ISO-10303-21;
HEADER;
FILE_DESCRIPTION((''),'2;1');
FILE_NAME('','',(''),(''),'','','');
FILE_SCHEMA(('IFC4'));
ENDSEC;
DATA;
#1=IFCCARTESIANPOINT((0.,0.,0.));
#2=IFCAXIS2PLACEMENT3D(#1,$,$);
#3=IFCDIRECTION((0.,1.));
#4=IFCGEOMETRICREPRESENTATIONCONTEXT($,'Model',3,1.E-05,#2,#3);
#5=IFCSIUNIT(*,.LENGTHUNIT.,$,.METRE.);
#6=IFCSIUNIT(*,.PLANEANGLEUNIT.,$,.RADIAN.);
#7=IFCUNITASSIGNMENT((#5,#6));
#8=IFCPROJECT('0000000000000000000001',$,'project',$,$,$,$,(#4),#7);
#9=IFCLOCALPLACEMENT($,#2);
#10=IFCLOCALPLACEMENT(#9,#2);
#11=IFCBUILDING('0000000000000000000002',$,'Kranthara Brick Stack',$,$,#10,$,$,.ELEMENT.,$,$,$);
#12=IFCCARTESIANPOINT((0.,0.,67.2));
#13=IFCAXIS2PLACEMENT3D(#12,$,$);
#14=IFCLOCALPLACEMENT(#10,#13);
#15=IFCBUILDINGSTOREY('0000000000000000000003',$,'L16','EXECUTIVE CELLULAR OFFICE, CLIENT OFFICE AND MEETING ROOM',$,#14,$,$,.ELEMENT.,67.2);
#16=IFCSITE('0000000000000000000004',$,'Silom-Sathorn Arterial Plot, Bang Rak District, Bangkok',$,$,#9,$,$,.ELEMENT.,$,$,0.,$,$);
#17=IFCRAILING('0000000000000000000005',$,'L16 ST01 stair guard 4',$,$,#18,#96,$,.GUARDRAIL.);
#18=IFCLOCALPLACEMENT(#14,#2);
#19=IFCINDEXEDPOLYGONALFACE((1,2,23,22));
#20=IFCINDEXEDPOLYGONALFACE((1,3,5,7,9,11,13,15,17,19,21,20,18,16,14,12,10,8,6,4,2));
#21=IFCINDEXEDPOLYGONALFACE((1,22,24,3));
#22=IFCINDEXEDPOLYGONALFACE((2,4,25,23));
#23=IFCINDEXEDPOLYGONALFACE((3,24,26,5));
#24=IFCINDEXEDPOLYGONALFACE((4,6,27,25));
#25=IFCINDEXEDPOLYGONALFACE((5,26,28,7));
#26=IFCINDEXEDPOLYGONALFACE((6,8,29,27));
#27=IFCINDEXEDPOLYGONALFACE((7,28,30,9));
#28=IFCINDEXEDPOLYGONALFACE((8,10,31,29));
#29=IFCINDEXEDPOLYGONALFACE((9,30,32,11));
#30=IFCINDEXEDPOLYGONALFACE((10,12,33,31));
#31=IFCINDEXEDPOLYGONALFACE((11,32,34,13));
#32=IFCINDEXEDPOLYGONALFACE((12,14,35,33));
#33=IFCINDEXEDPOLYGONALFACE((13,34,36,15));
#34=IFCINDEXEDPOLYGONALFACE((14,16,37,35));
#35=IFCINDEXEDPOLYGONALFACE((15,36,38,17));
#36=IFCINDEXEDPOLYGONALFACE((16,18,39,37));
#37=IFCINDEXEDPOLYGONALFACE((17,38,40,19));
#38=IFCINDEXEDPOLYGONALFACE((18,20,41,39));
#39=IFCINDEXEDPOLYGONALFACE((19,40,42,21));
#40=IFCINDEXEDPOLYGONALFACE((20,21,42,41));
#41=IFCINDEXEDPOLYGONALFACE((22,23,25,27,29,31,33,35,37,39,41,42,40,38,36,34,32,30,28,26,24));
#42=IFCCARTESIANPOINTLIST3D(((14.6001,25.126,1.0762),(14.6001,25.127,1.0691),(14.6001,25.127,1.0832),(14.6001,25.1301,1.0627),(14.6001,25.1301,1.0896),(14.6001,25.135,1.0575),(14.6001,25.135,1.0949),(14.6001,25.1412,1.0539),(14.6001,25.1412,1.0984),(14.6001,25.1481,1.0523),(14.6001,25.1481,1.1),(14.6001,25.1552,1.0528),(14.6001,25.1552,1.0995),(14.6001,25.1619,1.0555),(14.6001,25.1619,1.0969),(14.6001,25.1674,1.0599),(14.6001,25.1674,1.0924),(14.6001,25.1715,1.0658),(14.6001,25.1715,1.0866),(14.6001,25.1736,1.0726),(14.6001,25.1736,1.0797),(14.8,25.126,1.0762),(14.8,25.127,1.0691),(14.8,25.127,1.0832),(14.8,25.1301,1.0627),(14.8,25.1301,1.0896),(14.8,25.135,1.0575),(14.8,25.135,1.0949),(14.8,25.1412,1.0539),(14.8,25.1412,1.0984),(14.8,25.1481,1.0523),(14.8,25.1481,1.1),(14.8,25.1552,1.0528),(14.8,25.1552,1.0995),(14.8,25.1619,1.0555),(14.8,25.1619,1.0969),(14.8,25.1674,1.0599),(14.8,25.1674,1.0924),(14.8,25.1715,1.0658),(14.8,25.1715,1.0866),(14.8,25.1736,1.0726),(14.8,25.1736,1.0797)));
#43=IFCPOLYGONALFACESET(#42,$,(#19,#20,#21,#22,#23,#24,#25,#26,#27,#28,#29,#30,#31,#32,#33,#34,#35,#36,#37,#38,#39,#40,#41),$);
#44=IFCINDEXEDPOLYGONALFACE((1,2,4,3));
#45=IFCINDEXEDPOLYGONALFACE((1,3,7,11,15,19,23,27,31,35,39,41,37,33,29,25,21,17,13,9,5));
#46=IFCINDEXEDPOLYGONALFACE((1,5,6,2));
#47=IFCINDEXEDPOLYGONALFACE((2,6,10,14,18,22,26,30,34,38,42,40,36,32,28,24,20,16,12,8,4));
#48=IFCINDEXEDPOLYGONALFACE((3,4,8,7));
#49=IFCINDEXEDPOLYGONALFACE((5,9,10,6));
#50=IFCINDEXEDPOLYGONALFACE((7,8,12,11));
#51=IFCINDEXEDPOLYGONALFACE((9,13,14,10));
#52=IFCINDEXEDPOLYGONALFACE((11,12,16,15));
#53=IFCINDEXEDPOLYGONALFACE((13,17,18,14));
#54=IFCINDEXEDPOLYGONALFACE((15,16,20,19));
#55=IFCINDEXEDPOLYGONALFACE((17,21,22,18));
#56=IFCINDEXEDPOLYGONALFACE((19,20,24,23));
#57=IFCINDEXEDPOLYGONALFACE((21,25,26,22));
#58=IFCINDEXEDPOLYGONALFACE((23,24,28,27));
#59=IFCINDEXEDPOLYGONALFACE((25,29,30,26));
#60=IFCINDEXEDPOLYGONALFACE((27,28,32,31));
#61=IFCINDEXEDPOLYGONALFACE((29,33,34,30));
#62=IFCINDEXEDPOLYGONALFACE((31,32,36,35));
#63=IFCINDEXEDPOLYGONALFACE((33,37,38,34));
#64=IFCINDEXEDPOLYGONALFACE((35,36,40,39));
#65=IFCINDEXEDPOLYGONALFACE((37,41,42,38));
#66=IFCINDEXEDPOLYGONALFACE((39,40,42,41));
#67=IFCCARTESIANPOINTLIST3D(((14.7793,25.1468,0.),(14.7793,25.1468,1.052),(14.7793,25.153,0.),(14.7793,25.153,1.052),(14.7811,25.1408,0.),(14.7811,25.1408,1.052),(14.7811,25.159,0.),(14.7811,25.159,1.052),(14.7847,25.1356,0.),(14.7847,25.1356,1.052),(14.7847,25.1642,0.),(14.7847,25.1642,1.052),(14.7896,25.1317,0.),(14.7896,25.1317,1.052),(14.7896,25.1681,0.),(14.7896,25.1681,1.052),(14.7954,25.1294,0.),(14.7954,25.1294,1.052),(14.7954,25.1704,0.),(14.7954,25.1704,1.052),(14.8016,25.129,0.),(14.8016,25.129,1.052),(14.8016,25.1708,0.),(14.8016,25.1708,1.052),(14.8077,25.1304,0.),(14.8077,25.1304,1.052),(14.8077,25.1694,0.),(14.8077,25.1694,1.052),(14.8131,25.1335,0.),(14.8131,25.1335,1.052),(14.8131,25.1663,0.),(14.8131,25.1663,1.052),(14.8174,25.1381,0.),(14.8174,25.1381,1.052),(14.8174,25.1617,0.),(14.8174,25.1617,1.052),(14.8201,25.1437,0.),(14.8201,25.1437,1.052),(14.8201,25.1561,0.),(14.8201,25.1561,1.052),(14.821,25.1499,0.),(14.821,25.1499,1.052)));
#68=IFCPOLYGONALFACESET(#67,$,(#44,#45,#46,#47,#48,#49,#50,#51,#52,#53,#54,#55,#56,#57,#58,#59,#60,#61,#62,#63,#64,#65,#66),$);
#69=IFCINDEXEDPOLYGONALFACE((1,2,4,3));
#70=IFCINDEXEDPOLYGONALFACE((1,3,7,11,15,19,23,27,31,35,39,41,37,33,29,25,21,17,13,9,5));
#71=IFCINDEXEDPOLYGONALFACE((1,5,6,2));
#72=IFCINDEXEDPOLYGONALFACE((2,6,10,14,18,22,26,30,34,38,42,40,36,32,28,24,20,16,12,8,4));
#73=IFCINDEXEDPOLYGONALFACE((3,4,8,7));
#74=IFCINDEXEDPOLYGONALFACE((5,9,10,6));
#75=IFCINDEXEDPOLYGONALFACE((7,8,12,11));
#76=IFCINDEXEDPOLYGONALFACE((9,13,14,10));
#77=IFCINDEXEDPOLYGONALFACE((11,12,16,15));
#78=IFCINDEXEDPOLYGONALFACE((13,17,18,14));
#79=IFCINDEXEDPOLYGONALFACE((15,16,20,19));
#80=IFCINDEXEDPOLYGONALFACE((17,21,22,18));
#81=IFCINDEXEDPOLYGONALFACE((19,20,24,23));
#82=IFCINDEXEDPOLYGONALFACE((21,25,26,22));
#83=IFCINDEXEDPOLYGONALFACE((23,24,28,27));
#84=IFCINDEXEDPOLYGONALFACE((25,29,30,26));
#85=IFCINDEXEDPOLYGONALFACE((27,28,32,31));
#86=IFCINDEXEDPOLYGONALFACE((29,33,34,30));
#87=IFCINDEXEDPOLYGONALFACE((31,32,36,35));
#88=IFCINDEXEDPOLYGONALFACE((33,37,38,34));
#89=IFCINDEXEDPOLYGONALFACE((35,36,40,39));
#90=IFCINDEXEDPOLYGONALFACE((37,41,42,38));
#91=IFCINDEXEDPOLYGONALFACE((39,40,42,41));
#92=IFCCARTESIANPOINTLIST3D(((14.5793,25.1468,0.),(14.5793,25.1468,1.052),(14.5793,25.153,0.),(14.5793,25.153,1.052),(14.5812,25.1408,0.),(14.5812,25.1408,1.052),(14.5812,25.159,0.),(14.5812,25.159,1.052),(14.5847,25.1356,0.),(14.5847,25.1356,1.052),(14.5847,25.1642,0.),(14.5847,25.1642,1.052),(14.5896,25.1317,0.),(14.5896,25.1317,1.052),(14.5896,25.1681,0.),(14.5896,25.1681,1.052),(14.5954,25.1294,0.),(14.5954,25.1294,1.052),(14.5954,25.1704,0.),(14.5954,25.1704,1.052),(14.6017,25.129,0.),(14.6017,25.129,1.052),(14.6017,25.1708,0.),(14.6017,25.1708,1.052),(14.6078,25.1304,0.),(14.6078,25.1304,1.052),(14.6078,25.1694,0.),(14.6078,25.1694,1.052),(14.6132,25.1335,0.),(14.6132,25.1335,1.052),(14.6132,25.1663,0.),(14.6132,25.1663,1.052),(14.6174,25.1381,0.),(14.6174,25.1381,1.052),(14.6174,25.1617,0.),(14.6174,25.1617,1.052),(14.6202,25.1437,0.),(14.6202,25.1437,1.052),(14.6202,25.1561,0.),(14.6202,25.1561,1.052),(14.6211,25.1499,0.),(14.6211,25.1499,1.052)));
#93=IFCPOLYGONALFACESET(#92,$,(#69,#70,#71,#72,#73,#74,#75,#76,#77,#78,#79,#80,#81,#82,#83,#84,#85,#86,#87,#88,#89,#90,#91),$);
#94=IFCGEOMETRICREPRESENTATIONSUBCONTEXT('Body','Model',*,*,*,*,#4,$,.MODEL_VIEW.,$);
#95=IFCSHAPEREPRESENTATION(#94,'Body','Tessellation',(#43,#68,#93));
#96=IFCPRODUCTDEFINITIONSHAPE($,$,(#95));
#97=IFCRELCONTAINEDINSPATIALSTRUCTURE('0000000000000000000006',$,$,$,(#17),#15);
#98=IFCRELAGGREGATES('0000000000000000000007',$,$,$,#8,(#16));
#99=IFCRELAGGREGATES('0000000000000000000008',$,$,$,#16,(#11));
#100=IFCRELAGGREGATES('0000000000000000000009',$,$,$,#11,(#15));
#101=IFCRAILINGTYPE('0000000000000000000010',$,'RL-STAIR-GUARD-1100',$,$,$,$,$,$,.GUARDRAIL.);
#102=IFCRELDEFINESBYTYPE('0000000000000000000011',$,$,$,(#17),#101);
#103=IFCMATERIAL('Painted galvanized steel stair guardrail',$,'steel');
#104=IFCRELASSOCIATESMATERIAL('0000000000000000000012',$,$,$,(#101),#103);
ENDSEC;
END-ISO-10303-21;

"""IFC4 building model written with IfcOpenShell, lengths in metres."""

from ifc_helpers import new_model, si_unit, direction, frame, origin, origin_2d, place, context, subcontext, project, spatial, circle, extrude, material, type_object, element, save


model = new_model("IFC4")

# Units and contexts
model_context = context("Model", 3, precision=1e-05, world=origin(), true_north=direction((0.0, 1.0)))
body_context = subcontext(model_context, "Body", "Model", "MODEL_VIEW")
ifc_project = project(units=[si_unit("LENGTHUNIT", "METRE"), si_unit("PLANEANGLEUNIT", "RADIAN")], contexts=[model_context])

# Site, building, storey
site_placement = place(None, origin())
site = spatial("IfcSite", under=ifc_project, at=site_placement, Name="Silom-Sathorn Arterial Plot, Bang Rak District, Bangkok", CompositionType="ELEMENT", RefElevation=0.0)
building_placement = place(site_placement, origin())
building = spatial("IfcBuilding", under=site, at=building_placement, Name="Kranthara Brick Stack", CompositionType="ELEMENT")
storey_placement = place(building_placement, frame((0.0, 0.0, 67.2)))
storey = spatial("IfcBuildingStorey", under=building, at=storey_placement, Name="L16", Description="EXECUTIVE CELLULAR OFFICE, CLIENT OFFICE AND MEETING ROOM", CompositionType="ELEMENT", Elevation=67.2)

# Railing
ifc_material_1 = material(Name="Painted galvanized steel stair guardrail", Category="steel")
railing_type_1 = type_object("IfcRailingType", Name="RL-STAIR-GUARD-1100", PredefinedType="GUARDRAIL", material=ifc_material_1)
railing_1_placement = place(storey_placement, frame((14.8, 25.1499, 0.0)))
element("IfcRailing", 1, at=railing_1_placement, inside=storey, type_object=railing_type_1, Name="L16 ST01 stair guard 4", PredefinedType="GUARDRAIL", context=body_context, shape_type="SweptSolid", body=[
    extrude(circle(Radius=0.0239, at=origin_2d()), frame((0.0, 0.0, 1.0762), z_axis=(-1.0, 0.0, 0.0), x_axis=(0.0, -1.0, 0.0)), (0.0, 0.0, 1.0), 0.2),
    extrude(circle(Radius=0.021, at=origin_2d()), origin(), (0.0, 0.0, 1.0), 1.052),
    extrude(circle(Radius=0.021, at=origin_2d()), frame((-0.2, 0.0, 0.0)), (0.0, 0.0, 1.0), 1.052),
])

save(model, "model.ifc")
